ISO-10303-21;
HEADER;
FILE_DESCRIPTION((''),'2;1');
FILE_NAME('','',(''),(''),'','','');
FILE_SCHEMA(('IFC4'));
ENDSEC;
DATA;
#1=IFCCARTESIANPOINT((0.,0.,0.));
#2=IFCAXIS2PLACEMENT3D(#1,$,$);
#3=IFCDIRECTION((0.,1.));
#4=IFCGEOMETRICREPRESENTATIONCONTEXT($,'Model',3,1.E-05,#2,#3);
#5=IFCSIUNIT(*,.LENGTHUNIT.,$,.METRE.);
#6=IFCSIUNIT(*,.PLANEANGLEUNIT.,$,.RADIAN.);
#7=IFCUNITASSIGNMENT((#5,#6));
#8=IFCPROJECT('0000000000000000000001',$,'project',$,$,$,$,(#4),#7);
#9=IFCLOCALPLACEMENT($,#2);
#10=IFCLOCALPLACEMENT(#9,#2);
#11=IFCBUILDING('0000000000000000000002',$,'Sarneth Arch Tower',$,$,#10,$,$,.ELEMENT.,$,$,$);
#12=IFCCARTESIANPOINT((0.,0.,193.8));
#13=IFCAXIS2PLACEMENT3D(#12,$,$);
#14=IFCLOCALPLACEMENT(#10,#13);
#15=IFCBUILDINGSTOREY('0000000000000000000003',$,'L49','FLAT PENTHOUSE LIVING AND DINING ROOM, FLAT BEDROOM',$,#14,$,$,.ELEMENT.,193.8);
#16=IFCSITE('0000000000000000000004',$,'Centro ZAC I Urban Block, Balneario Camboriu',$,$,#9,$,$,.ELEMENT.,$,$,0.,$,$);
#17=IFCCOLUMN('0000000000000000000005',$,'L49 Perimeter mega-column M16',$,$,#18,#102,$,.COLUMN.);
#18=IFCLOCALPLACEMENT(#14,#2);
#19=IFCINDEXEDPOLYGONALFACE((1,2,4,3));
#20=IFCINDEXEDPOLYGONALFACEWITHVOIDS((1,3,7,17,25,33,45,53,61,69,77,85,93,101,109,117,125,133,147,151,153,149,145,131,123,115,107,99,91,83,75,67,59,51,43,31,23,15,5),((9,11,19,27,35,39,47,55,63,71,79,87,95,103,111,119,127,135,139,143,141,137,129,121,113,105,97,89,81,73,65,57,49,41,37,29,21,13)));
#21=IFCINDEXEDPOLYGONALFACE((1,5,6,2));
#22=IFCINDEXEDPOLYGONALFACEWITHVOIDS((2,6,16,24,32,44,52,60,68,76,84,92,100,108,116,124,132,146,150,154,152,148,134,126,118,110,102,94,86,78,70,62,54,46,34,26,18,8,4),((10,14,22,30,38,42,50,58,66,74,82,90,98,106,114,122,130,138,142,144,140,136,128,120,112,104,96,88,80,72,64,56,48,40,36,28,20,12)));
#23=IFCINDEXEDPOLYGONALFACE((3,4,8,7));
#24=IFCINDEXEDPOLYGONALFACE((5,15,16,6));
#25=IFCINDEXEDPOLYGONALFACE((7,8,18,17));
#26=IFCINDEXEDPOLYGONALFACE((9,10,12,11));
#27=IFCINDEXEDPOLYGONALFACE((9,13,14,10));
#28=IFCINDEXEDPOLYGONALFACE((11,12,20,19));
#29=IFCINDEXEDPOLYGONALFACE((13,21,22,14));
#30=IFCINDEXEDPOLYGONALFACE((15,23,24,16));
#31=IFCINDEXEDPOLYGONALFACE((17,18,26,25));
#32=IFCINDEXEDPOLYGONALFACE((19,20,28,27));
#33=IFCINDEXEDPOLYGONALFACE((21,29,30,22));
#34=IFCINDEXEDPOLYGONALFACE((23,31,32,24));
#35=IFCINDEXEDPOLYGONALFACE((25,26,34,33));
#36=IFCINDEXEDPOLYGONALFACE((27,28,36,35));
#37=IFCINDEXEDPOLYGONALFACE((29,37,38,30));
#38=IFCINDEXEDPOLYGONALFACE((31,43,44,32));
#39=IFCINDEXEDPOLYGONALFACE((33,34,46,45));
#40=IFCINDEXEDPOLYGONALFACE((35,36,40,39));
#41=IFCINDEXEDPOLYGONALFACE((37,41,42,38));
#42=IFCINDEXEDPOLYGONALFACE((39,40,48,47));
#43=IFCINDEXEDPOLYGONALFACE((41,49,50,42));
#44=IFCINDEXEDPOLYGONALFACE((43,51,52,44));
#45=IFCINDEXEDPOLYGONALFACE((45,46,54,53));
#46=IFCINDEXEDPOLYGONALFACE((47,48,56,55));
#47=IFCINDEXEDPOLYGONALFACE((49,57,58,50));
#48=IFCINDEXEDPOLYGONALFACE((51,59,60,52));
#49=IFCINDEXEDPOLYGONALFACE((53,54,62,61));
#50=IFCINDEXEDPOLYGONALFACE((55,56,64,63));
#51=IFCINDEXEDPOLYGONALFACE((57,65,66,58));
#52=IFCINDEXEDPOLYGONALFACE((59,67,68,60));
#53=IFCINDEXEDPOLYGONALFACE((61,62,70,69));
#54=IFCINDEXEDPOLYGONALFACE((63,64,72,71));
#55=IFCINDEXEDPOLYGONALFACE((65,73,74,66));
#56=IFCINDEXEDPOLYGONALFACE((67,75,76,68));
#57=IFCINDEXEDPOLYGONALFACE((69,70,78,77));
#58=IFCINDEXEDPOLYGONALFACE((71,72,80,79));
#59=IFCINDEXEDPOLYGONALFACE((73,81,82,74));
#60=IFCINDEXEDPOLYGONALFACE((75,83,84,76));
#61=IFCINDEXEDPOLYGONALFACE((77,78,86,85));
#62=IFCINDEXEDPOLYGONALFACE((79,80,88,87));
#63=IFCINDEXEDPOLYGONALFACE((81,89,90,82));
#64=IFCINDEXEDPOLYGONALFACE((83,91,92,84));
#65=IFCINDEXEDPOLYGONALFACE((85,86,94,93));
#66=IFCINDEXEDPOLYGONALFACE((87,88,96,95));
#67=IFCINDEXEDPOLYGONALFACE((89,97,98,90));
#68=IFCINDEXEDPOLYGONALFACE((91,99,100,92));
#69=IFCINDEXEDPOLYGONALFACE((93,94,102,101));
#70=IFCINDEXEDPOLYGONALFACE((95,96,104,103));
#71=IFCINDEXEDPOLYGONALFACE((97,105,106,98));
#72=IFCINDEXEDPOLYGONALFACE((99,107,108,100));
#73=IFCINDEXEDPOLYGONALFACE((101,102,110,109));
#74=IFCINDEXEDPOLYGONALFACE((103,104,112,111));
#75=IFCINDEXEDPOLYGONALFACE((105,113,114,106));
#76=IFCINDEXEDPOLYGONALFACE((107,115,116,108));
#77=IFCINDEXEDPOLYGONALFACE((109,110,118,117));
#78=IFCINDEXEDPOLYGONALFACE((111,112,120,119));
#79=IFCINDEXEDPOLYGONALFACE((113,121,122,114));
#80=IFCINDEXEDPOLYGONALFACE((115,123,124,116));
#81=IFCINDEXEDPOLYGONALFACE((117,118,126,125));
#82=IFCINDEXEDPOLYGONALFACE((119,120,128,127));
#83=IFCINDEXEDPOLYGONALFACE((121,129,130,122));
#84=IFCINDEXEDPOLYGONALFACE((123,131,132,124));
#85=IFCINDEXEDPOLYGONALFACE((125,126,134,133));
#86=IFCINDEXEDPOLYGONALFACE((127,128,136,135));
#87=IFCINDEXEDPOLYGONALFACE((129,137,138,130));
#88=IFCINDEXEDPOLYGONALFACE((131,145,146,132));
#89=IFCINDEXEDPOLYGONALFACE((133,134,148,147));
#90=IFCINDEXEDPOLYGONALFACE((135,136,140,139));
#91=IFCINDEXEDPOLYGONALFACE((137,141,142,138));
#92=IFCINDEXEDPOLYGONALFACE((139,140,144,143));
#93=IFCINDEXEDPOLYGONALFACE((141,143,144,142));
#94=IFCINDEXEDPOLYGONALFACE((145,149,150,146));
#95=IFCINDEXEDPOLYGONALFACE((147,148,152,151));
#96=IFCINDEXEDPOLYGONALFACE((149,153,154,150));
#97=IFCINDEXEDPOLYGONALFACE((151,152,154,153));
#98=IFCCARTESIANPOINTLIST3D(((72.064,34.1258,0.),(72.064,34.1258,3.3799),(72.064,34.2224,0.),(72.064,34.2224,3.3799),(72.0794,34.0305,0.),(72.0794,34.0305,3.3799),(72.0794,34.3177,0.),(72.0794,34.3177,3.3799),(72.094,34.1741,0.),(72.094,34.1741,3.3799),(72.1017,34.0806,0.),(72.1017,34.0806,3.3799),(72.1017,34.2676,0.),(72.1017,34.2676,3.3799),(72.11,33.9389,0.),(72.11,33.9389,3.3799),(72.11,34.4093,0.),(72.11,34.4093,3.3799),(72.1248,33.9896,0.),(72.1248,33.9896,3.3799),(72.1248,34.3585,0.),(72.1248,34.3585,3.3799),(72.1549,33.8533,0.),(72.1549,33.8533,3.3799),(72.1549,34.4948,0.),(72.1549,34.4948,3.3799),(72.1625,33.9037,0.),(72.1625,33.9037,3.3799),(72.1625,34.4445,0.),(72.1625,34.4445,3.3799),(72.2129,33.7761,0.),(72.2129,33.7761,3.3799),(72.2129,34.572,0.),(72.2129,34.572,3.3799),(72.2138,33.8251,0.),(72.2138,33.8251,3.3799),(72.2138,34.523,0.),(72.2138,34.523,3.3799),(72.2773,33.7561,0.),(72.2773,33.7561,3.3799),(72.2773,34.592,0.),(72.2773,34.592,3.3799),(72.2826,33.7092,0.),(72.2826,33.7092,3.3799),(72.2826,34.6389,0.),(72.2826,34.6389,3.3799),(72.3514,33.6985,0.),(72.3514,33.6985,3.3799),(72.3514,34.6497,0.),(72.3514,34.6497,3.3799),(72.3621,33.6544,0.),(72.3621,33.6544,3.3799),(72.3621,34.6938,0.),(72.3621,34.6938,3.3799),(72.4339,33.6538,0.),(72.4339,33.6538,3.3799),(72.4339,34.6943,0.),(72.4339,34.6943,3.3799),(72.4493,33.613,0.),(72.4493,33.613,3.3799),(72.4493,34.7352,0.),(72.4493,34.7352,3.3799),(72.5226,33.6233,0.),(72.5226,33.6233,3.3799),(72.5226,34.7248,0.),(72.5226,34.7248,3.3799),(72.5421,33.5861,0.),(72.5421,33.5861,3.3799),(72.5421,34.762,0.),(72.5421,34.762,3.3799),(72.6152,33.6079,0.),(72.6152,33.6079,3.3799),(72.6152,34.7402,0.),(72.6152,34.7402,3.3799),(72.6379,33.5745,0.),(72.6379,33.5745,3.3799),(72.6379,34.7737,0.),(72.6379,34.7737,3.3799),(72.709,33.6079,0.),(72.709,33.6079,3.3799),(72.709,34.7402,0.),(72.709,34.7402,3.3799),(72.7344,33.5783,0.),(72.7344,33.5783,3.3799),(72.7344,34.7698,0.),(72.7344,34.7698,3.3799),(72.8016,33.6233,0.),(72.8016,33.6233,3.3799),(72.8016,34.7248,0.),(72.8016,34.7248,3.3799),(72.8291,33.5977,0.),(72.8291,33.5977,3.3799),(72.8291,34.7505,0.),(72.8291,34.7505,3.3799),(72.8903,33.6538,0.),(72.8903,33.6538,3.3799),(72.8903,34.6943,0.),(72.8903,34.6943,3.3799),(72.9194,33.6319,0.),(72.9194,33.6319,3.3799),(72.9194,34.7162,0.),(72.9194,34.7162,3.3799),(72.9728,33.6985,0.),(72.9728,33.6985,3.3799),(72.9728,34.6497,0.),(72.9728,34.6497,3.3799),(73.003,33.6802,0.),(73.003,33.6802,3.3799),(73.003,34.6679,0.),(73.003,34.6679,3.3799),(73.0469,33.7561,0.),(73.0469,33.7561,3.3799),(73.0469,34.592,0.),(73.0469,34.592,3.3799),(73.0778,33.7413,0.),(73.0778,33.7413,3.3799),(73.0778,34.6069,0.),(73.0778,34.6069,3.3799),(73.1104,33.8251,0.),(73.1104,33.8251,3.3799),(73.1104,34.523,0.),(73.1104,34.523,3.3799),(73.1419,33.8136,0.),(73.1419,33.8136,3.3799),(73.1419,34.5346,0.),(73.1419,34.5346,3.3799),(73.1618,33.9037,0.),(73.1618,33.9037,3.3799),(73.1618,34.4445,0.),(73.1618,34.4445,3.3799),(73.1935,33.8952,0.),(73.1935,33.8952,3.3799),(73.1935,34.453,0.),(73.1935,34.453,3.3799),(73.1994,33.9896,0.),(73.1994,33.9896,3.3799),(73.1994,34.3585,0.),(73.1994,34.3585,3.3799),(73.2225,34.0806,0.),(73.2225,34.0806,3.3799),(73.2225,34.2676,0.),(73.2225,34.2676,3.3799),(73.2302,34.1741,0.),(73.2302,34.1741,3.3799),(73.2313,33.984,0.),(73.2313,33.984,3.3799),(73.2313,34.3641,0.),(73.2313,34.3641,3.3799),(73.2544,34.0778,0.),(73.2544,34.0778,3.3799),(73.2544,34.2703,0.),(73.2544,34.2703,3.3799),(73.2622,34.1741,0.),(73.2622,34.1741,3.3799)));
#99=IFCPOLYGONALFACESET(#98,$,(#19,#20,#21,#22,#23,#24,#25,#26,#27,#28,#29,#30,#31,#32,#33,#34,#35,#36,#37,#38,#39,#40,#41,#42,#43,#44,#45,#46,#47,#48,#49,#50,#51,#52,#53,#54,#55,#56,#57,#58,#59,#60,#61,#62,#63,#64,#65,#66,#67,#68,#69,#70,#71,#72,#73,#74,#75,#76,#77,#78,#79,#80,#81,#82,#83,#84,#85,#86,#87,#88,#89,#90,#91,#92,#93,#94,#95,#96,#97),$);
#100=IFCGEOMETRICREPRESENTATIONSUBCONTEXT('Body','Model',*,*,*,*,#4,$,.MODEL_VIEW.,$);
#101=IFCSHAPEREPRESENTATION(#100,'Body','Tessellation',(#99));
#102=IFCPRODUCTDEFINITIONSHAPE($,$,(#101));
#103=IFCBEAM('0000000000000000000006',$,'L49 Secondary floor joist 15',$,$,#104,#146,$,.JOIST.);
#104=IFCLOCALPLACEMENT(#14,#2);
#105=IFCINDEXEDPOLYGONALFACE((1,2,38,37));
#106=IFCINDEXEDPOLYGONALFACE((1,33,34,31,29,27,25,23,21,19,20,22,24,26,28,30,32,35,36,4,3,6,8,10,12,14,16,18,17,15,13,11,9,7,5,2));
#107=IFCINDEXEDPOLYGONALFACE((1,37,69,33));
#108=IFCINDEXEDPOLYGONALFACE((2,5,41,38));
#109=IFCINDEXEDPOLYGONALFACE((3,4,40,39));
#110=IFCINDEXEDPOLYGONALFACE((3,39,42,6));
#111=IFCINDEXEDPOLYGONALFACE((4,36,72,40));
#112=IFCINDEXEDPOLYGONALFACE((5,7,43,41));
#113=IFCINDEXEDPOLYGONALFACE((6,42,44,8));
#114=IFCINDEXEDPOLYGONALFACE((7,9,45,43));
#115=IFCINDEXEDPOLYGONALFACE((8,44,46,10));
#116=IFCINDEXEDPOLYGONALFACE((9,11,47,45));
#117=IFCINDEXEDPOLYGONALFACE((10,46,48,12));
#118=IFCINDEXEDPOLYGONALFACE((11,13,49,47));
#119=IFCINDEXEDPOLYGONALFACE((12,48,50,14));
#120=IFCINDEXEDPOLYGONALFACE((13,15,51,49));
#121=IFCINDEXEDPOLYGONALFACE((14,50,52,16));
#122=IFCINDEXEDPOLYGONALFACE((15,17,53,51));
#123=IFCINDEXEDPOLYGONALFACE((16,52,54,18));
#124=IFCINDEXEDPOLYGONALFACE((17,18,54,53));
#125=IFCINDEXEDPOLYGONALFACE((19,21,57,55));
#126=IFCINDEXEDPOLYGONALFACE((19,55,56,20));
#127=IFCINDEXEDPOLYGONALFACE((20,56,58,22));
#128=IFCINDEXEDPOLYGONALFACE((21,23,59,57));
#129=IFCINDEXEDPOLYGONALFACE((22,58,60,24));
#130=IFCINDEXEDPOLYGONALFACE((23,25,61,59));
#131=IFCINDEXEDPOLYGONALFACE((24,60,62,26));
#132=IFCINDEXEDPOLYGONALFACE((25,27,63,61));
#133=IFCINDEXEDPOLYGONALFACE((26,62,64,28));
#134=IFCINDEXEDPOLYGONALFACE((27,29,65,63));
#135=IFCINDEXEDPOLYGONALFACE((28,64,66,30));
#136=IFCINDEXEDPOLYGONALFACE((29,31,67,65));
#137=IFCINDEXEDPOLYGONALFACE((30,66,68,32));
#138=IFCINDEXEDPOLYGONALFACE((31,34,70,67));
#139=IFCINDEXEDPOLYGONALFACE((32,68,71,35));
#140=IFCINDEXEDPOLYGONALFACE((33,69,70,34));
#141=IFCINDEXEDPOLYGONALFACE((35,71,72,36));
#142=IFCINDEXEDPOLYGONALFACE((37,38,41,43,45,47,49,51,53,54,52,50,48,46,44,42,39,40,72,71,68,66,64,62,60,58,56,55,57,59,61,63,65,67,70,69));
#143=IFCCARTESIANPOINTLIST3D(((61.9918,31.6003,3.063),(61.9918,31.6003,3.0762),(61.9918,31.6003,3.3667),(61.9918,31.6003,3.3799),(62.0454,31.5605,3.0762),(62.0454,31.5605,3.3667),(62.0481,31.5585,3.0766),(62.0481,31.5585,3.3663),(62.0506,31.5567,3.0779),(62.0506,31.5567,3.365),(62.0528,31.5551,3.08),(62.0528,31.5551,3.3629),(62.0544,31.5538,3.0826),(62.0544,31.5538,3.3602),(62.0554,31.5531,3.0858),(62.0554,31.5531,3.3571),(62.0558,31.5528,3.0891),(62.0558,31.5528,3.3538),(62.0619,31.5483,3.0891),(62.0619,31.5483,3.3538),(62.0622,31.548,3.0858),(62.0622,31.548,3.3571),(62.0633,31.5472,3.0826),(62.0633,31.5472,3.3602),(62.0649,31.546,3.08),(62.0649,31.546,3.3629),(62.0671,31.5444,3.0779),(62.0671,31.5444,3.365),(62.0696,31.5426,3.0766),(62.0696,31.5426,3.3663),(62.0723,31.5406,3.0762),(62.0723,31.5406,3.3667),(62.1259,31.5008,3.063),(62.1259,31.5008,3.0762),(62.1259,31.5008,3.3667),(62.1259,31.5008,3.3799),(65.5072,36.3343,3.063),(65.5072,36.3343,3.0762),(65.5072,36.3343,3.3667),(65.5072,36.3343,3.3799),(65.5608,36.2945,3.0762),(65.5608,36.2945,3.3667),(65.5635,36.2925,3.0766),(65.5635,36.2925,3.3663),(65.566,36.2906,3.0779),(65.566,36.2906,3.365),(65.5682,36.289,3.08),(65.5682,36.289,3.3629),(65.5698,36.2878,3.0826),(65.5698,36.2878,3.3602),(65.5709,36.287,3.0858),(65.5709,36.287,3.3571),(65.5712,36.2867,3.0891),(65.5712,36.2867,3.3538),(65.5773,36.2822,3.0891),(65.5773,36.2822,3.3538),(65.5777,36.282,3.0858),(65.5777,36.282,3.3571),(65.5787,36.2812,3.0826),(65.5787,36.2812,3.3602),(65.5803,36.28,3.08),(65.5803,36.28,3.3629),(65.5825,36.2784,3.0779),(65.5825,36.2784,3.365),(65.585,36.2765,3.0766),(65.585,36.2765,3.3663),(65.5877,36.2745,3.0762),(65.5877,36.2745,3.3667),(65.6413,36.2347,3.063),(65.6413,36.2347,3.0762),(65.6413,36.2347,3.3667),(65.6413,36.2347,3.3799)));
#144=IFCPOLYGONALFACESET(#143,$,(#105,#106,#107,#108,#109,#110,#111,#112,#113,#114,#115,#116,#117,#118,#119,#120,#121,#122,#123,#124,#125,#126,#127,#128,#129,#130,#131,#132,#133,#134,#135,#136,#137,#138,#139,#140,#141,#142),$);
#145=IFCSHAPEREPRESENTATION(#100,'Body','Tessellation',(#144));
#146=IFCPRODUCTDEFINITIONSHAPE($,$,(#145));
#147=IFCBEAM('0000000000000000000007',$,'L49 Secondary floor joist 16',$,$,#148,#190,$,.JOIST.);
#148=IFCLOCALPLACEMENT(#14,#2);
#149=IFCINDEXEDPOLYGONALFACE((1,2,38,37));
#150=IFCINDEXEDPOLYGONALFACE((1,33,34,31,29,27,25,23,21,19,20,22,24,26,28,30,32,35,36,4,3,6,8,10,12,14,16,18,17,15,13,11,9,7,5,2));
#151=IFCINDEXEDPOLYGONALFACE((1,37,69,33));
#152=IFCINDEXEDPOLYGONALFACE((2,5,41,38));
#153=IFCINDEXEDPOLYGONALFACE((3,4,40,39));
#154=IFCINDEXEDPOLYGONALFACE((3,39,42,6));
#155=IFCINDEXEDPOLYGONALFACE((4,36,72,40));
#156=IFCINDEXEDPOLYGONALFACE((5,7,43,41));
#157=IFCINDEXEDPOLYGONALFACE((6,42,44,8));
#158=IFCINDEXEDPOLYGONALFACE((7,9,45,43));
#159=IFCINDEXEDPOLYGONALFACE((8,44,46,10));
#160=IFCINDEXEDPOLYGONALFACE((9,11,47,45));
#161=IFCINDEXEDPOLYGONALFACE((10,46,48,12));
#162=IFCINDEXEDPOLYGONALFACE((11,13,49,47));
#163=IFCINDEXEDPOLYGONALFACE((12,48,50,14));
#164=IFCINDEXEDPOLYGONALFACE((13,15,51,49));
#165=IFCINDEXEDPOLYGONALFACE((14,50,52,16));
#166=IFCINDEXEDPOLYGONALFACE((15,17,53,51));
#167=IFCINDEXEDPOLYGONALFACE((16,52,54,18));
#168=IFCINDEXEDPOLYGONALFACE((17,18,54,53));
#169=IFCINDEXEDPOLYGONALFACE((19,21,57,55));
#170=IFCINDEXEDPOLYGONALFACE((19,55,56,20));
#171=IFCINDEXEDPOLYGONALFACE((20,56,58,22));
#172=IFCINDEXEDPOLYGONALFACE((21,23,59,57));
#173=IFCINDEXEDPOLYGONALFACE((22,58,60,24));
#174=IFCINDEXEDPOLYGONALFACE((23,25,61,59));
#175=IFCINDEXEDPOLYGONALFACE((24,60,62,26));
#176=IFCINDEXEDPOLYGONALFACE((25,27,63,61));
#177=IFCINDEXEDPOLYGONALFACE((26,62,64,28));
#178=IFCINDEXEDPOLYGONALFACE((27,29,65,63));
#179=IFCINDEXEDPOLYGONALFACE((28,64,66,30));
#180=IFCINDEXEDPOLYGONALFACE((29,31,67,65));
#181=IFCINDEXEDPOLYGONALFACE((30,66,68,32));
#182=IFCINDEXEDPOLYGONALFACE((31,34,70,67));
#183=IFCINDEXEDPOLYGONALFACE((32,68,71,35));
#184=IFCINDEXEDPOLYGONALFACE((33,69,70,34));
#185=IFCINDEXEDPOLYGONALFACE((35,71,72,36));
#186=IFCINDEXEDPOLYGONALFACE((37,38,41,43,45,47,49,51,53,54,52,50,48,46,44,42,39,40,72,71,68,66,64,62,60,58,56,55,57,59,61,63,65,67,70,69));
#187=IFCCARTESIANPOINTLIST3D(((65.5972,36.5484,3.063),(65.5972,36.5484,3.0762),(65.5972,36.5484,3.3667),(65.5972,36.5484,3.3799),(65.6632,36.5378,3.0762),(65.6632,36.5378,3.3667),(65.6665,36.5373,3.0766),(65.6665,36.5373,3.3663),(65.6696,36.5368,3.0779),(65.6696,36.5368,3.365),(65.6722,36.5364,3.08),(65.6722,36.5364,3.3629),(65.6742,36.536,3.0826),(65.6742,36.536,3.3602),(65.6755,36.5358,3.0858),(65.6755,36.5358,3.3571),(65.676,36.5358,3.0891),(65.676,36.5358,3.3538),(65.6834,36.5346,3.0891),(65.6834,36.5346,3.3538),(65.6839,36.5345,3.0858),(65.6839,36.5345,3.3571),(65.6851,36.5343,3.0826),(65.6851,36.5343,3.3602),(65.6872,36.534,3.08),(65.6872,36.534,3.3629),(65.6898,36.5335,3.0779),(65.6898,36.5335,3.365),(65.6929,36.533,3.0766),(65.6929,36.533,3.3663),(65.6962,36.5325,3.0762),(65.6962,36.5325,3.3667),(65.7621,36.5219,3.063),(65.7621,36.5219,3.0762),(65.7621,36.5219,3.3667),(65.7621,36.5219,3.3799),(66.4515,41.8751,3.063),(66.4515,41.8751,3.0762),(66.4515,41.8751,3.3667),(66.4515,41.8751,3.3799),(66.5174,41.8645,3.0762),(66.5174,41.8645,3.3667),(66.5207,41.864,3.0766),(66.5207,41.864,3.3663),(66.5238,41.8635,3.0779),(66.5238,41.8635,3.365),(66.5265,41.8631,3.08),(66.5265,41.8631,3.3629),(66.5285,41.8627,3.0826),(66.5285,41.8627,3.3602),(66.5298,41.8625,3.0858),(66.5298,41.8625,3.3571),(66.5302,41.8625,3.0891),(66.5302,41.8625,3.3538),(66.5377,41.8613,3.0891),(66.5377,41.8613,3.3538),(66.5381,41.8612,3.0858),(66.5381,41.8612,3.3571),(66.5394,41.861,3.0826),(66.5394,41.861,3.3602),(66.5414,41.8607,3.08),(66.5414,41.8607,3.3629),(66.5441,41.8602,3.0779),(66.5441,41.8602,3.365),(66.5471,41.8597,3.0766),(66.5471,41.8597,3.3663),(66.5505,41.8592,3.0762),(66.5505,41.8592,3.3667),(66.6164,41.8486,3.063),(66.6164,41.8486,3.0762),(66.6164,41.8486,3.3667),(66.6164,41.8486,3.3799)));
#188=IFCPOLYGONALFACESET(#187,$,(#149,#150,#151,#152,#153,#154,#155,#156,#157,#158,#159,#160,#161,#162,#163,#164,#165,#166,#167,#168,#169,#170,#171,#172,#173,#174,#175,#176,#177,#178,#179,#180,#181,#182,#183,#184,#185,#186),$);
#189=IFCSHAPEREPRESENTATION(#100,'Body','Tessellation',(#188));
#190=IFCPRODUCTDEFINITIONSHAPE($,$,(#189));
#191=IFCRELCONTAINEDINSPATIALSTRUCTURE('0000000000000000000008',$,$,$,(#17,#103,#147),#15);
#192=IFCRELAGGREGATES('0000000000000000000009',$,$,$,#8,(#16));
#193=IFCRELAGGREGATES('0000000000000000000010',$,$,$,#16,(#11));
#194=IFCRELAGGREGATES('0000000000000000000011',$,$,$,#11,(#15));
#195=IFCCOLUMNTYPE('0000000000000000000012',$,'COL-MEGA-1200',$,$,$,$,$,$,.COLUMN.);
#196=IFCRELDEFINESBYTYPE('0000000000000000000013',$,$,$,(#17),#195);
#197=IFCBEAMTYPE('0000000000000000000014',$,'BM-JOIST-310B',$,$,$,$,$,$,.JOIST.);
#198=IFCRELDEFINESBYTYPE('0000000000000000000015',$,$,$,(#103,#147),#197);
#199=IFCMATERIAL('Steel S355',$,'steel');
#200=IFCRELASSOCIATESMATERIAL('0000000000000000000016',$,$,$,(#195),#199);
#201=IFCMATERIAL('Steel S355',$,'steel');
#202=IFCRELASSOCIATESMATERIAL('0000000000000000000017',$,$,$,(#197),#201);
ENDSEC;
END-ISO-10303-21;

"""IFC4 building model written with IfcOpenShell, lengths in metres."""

from ifc_helpers import new_model, si_unit, direction, frame, origin, origin_2d, place, context, subcontext, project, spatial, hollow_circle, i_section, extrude, material, material_profile, profile_set, type_object, element, save


model = new_model("IFC4")

# Units and contexts
model_context = context("Model", 3, precision=1e-05, world=origin(), true_north=direction((0.0, 1.0)))
body_context = subcontext(model_context, "Body", "Model", "MODEL_VIEW")
ifc_project = project(units=[si_unit("LENGTHUNIT", "METRE"), si_unit("PLANEANGLEUNIT", "RADIAN")], contexts=[model_context])

# Site, building, storey
site_placement = place(None, origin())
site = spatial("IfcSite", under=ifc_project, at=site_placement, Name="Centro ZAC I Urban Block, Balneario Camboriu", CompositionType="ELEMENT", RefElevation=0.0)
building_placement = place(site_placement, origin())
building = spatial("IfcBuilding", under=site, at=building_placement, Name="Sarneth Arch Tower", CompositionType="ELEMENT")
storey_placement = place(building_placement, frame((0.0, 0.0, 193.8)))
storey = spatial("IfcBuildingStorey", under=building, at=storey_placement, Name="L49", Description="FLAT PENTHOUSE LIVING AND DINING ROOM, FLAT BEDROOM", CompositionType="ELEMENT", Elevation=193.8)

# Column
ifc_material_1 = material(Name="Steel S355", Category="steel")
ifc_material_profile_1 = material_profile(ifc_material_1, hollow_circle(Radius=0.6001, WallThickness=0.032, at=origin_2d()), Name="CHS1200x32")
ifc_profile_set_1 = profile_set([ifc_material_profile_1], Name="Steel S355")
column_type = type_object("IfcColumnType", Name="COL-MEGA-1200", PredefinedType="COLUMN", material=ifc_profile_set_1)
column_placement = place(storey_placement, frame((72.6621, 34.1741, 0.0), z_axis=(0.0, 0.0, 1.0), x_axis=(1.0, 0.0, 0.0)))
element("IfcColumn", 1, at=column_placement, inside=storey, type_object=column_type, Name="L49 Perimeter mega-column M16", PredefinedType="COLUMN", context=body_context, shape_type="SweptSolid", body=[
    extrude(hollow_circle(Radius=0.6001, WallThickness=0.032, at=origin_2d()), origin(), (0.0, 0.0, 1.0), 3.3799),
])

# Beams
ifc_material_2 = material(Name="Steel S355", Category="steel")
ifc_material_profile_2 = material_profile(ifc_material_2, i_section(OverallWidth=0.167, OverallDepth=0.3169, WebThickness=0.0076, FlangeThickness=0.0132, FilletRadius=0.0129, at=origin_2d()), Name="W310x52")
ifc_profile_set_2 = profile_set([ifc_material_profile_2], Name="Steel S355")
beam_type_1 = type_object("IfcBeamType", Name="BM-JOIST-310B", PredefinedType="JOIST", material=ifc_profile_set_2)
beam_1_placement = place(storey_placement, frame((62.0588, 31.5505, 3.2214), z_axis=(0.596191, 0.802843, 0.0), x_axis=(-0.802843, 0.596191, 0.0)))
element("IfcBeam", 2, at=beam_1_placement, inside=storey, type_object=beam_type_1, Name="L49 Secondary floor joist 15", PredefinedType="JOIST", context=body_context, shape_type="SweptSolid", body=[
    extrude(i_section(OverallWidth=0.167, OverallDepth=0.3169, WebThickness=0.0076, FlangeThickness=0.0132, FilletRadius=0.0129, at=origin_2d()), origin(), (0.0, 0.0, 1.0), 5.8965),
])
beam_2_placement = place(storey_placement, frame((65.6797, 36.5352, 3.2214), z_axis=(0.158349, 0.987383, 0.0), x_axis=(-0.987383, 0.158349, 0.0)))
element("IfcBeam", 3, at=beam_2_placement, inside=storey, type_object=beam_type_1, Name="L49 Secondary floor joist 16", PredefinedType="JOIST", context=body_context, shape_type="SweptSolid", body=[
    extrude(i_section(OverallWidth=0.167, OverallDepth=0.3169, WebThickness=0.0076, FlangeThickness=0.0132, FilletRadius=0.0129, at=origin_2d()), origin(), (0.0, 0.0, 1.0), 5.3948),
])

save(model, "model.ifc")
